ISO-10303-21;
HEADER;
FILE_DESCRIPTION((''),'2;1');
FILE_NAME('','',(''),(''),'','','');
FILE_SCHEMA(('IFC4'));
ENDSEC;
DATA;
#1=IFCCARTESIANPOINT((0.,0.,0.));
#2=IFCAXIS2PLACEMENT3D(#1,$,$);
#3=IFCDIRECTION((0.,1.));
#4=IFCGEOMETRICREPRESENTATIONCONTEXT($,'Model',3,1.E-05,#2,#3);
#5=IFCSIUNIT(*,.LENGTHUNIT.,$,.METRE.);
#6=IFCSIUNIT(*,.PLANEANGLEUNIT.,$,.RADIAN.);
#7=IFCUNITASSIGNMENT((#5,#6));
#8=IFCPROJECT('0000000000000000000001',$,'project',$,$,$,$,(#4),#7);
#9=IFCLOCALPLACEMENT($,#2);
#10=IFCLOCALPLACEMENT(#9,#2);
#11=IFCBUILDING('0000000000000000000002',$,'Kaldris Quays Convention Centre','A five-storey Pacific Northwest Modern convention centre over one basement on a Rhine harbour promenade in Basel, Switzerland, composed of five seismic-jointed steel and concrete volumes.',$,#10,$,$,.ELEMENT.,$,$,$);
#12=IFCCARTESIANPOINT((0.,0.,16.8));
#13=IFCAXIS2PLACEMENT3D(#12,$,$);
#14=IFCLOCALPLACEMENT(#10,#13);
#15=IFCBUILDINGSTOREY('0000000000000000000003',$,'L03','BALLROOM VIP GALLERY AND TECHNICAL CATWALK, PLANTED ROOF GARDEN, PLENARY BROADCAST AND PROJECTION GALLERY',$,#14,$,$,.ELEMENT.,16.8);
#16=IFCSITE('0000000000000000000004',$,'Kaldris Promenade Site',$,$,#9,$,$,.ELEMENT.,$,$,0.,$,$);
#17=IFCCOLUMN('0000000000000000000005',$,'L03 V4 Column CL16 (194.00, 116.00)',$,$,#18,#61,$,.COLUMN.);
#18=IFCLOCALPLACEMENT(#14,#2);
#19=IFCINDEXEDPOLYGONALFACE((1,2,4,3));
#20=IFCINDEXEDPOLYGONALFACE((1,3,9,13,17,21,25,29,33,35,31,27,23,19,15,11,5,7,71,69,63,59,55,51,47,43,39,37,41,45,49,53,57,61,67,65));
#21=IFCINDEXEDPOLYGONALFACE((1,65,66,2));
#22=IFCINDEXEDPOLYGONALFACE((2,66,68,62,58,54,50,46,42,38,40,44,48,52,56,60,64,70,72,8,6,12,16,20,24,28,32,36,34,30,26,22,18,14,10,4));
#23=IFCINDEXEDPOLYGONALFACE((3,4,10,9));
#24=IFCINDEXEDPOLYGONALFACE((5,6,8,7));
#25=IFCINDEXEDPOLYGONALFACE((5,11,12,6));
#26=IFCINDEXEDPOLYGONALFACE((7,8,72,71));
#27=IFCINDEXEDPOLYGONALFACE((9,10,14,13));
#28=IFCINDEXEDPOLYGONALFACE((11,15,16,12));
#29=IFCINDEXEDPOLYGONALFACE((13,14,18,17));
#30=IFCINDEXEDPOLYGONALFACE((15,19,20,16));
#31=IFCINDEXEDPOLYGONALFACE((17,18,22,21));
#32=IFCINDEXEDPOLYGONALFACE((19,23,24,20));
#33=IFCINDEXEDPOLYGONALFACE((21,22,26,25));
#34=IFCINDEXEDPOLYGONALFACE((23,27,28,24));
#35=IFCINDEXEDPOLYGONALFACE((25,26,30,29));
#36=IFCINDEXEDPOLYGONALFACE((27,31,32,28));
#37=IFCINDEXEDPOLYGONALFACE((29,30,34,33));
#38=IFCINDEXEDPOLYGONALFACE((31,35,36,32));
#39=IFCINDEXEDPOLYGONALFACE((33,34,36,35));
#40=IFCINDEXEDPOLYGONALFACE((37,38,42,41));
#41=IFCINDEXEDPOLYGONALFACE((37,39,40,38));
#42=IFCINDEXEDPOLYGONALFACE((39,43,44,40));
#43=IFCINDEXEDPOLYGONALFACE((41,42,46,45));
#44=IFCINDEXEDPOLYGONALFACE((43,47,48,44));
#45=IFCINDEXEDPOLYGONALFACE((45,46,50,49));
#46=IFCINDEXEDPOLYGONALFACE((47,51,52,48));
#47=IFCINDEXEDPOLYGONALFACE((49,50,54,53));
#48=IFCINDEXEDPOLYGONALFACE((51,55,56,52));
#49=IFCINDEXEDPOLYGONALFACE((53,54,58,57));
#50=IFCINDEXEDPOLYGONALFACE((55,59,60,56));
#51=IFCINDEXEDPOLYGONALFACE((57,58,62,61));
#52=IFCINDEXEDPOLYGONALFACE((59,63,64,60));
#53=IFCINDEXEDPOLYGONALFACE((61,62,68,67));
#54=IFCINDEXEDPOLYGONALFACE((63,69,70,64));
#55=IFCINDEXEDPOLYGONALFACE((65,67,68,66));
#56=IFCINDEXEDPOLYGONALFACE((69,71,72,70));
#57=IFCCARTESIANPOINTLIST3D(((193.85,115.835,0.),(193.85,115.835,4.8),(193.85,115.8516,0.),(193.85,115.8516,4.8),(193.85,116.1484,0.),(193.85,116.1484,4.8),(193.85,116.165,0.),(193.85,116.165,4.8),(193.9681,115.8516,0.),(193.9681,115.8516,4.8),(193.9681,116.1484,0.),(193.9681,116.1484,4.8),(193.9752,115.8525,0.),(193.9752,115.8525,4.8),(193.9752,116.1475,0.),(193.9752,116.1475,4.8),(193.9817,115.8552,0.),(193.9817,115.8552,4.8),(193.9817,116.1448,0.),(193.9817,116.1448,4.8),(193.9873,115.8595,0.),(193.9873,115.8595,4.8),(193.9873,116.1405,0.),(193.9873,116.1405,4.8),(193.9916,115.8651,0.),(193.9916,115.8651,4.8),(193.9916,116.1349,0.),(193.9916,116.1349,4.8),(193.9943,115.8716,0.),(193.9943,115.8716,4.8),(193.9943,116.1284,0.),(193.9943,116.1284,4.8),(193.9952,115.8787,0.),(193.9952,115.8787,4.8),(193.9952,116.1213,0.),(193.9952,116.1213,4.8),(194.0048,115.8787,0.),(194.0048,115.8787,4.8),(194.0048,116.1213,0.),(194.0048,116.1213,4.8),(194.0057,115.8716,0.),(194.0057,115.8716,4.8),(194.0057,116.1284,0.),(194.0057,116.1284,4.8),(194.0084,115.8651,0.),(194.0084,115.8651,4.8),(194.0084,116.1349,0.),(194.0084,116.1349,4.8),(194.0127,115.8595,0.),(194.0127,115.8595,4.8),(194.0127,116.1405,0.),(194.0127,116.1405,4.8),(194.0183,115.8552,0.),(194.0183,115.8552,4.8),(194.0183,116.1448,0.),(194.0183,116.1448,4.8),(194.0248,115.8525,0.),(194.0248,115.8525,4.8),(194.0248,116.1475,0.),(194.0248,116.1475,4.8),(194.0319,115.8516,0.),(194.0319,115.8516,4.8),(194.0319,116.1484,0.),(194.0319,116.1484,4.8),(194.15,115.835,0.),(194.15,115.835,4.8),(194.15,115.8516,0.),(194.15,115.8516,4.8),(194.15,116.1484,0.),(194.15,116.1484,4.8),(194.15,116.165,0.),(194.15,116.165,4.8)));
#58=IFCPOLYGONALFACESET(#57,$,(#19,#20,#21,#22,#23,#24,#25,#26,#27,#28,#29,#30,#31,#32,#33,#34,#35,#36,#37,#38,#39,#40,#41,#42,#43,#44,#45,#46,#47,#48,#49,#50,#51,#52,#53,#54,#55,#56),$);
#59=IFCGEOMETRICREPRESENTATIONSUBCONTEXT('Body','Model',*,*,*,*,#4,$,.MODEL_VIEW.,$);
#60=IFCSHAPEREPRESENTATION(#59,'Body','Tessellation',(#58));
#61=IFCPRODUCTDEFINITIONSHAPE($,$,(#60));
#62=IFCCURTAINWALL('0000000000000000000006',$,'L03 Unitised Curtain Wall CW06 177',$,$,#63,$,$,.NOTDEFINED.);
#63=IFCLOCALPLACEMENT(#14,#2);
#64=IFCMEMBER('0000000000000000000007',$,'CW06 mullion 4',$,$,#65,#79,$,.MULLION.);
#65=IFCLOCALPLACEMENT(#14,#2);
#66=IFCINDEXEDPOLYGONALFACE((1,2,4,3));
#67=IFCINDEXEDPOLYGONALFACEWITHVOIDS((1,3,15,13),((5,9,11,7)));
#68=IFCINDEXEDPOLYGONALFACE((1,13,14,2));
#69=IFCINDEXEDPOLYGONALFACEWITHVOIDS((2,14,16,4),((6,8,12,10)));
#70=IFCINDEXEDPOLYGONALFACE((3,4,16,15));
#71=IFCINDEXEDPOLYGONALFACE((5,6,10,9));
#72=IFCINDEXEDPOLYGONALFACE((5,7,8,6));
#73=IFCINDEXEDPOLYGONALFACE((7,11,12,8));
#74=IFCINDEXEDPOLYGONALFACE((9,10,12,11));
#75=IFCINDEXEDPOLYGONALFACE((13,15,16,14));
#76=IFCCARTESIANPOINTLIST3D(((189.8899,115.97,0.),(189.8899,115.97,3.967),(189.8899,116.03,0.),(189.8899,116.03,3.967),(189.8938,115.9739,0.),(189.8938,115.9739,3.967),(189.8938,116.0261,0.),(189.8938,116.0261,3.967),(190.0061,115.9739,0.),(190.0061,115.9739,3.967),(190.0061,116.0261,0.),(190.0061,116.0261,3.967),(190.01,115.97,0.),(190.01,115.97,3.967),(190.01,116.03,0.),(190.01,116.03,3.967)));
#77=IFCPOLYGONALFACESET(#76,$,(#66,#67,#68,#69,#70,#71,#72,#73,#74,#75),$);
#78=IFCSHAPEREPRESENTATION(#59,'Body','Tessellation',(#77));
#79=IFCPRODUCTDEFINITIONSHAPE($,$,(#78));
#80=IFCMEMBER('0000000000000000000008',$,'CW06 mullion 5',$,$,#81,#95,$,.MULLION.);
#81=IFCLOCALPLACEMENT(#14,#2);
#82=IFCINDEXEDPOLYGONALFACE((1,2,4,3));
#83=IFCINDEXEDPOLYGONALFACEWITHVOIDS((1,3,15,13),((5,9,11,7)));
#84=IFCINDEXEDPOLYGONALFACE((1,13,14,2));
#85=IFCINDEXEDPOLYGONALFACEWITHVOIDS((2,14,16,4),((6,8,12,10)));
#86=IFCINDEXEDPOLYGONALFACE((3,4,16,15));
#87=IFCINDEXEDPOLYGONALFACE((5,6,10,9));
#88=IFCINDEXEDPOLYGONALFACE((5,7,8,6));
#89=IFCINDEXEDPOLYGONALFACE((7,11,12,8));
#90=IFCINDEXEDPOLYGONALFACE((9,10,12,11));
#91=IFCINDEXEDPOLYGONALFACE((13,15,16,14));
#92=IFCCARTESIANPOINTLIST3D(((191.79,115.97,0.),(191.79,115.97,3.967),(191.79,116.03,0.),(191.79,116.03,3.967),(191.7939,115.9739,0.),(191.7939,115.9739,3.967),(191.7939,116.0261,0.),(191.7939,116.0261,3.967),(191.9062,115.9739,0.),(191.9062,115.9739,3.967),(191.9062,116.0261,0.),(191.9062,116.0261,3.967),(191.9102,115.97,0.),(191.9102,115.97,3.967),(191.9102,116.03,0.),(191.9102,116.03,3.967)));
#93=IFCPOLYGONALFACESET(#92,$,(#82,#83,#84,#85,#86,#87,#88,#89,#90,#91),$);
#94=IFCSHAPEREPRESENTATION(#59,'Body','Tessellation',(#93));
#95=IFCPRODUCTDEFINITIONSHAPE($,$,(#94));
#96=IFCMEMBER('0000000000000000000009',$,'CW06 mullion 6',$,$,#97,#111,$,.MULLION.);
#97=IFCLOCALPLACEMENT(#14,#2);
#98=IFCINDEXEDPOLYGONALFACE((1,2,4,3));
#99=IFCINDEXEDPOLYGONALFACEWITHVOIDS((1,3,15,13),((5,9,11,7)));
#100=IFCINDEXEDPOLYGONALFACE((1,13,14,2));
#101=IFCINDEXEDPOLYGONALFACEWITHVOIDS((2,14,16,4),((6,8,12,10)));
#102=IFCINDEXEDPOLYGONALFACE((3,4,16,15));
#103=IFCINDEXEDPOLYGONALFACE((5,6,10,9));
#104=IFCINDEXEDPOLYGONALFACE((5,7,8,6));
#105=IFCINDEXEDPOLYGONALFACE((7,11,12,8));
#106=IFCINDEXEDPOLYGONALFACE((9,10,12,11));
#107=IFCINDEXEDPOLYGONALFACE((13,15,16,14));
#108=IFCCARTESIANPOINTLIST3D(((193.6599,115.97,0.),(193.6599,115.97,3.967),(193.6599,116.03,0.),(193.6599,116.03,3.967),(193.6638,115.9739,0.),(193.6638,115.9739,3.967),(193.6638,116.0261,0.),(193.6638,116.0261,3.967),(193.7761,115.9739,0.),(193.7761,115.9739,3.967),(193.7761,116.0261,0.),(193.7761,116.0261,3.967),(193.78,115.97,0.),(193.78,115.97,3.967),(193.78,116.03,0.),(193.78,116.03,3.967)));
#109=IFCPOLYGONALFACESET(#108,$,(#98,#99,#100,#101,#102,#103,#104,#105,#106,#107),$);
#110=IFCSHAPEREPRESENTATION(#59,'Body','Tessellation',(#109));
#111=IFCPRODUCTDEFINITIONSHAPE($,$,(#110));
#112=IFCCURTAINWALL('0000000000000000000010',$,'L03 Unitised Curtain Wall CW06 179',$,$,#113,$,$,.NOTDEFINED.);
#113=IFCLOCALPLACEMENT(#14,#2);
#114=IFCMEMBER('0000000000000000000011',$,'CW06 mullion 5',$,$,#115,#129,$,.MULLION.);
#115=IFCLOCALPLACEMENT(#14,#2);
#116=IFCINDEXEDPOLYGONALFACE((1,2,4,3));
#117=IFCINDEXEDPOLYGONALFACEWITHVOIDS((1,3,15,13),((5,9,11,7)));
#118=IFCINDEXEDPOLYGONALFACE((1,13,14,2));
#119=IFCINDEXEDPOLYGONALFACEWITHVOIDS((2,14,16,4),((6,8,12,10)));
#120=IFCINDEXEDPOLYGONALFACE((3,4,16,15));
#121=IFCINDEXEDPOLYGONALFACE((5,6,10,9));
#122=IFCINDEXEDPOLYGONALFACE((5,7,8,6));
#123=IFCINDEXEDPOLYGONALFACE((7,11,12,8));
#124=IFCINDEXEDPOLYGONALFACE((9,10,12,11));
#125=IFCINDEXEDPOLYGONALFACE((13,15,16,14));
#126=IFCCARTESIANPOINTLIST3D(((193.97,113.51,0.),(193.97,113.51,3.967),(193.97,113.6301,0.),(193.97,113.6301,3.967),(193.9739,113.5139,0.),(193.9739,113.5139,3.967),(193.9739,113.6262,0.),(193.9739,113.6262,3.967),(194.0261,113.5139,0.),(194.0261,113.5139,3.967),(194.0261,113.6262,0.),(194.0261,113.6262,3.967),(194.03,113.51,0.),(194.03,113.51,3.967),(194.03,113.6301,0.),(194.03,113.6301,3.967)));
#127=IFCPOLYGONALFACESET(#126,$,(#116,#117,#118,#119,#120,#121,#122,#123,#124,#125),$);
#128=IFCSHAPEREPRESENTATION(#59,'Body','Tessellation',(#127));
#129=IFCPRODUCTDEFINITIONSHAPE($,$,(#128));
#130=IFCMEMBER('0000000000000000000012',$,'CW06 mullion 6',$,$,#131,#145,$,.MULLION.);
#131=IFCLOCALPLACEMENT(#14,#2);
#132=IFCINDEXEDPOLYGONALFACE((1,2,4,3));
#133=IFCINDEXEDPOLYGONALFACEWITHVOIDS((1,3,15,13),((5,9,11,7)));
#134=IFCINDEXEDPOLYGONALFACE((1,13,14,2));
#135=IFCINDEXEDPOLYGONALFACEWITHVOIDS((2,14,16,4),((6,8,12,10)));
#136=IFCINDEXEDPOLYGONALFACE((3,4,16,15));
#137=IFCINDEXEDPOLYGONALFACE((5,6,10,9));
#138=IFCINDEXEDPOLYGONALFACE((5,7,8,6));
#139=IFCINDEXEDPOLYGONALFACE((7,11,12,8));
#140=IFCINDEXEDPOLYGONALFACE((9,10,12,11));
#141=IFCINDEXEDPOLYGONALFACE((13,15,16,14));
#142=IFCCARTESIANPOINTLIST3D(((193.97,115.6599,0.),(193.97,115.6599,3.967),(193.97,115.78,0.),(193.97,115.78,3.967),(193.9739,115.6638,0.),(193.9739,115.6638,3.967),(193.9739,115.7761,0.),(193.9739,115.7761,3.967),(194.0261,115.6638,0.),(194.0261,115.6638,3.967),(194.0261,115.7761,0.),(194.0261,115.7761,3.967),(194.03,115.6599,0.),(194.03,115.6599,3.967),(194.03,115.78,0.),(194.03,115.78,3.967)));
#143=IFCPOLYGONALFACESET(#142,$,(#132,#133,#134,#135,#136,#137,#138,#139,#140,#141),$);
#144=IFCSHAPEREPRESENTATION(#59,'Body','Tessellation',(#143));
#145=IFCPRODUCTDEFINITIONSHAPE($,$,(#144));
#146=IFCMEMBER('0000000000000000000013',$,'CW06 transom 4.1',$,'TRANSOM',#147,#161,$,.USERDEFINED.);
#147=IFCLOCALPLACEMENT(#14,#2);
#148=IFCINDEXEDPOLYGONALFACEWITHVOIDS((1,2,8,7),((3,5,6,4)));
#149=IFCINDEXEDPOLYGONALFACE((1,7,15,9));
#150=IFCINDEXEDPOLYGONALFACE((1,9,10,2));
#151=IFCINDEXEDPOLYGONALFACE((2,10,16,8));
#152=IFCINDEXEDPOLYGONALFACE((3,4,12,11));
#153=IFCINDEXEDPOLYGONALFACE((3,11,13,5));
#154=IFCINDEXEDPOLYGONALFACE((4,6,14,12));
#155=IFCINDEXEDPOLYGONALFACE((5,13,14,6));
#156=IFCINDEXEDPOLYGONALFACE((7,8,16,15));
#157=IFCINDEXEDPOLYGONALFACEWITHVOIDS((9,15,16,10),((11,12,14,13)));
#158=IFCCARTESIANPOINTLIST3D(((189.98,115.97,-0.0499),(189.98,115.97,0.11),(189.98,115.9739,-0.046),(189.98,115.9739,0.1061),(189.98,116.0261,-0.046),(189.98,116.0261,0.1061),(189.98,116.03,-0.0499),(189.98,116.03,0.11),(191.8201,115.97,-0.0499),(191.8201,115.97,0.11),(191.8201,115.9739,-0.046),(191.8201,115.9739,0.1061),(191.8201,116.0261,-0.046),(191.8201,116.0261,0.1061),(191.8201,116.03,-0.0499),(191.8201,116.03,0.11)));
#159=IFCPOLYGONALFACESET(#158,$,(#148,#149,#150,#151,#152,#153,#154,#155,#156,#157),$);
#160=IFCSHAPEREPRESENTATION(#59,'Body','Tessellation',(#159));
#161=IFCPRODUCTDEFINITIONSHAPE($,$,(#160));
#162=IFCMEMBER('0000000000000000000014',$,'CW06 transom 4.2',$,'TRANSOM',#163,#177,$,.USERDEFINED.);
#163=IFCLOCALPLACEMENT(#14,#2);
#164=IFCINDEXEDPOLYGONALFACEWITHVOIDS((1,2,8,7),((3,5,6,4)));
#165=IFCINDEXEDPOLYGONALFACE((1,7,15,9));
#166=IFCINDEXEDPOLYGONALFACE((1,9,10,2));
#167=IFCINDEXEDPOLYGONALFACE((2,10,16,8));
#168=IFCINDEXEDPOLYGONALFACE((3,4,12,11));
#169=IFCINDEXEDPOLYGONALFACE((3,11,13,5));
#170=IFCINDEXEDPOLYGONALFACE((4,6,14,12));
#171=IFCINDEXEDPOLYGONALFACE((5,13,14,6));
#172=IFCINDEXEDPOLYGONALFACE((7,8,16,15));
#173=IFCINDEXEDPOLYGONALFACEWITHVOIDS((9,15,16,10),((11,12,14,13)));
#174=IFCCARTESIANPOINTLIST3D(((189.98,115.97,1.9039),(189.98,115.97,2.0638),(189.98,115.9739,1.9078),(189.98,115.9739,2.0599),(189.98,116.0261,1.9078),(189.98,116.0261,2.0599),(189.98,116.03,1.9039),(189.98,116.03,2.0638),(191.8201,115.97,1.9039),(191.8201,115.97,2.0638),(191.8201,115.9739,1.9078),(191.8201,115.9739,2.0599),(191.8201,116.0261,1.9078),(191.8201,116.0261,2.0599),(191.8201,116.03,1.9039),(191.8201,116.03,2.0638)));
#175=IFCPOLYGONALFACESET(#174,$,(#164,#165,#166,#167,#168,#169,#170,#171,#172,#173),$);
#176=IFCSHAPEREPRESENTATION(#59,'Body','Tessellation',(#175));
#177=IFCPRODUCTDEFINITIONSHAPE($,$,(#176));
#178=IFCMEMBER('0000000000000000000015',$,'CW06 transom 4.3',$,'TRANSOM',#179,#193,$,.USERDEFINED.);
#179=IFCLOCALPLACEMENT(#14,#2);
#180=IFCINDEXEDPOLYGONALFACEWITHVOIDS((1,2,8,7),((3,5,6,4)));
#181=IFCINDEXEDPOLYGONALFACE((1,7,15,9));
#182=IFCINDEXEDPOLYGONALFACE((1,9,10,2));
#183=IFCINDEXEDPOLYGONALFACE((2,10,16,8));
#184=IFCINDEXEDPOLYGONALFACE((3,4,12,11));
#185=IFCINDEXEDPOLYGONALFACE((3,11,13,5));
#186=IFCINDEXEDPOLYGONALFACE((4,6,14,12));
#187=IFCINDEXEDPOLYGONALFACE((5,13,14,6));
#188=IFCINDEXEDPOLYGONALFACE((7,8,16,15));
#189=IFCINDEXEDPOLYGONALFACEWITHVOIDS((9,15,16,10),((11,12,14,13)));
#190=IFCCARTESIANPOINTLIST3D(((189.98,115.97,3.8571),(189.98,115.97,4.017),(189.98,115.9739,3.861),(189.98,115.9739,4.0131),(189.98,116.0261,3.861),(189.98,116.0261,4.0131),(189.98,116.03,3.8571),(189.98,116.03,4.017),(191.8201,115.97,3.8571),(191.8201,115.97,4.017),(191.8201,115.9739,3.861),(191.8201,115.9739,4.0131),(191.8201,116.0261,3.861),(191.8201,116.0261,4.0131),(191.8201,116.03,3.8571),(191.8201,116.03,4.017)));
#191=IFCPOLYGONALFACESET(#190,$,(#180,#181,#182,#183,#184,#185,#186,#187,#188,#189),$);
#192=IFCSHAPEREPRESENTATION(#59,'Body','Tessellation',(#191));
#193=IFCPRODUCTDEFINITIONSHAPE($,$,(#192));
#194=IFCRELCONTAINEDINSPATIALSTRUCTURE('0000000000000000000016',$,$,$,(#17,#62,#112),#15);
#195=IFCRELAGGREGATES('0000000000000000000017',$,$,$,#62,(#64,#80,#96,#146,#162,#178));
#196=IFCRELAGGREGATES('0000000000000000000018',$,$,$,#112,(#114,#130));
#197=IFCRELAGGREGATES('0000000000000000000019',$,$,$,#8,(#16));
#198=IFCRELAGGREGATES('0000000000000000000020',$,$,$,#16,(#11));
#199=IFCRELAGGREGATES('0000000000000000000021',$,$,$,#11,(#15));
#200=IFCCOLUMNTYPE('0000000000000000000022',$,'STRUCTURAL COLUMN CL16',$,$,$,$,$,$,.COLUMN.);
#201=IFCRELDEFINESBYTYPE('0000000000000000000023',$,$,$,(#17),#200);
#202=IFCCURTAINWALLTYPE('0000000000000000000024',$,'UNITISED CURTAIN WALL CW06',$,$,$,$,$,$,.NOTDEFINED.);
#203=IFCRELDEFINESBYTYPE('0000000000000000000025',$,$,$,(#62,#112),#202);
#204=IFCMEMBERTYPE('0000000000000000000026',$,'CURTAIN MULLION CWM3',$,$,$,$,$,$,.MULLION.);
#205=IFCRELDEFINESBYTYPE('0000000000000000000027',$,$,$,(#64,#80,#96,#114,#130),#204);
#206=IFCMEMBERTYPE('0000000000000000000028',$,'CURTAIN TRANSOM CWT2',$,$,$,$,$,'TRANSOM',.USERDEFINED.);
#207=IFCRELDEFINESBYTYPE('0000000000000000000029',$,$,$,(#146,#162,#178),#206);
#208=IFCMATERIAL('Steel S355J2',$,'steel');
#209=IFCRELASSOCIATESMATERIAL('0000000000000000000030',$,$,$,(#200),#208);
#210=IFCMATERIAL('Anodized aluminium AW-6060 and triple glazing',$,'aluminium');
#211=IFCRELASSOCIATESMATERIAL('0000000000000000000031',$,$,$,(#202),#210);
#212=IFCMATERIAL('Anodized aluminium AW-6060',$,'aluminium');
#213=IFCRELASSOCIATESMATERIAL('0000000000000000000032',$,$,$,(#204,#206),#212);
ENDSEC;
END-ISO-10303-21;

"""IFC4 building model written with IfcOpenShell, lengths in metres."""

from ifc_helpers import new_model, si_unit, direction, frame, origin, origin_2d, place, context, subcontext, project, spatial, hollow_rectangle, i_section, extrude, material, material_profile, profile_set, type_object, element, aggregate, save


model = new_model("IFC4")

# Units and contexts
model_context = context("Model", 3, precision=1e-05, world=origin(), true_north=direction((0.0, 1.0)))
body_context = subcontext(model_context, "Body", "Model", "MODEL_VIEW")
ifc_project = project(units=[si_unit("LENGTHUNIT", "METRE"), si_unit("PLANEANGLEUNIT", "RADIAN")], contexts=[model_context])

# Site, building, storey
site_placement = place(None, origin())
site = spatial("IfcSite", under=ifc_project, at=site_placement, Name="Kaldris Promenade Site", CompositionType="ELEMENT", RefElevation=0.0)
building_placement = place(site_placement, origin())
building = spatial("IfcBuilding", under=site, at=building_placement, Name="Kaldris Quays Convention Centre", Description="A five-storey Pacific Northwest Modern convention centre over one basement on a Rhine harbour promenade in Basel, Switzerland, composed of five seismic-jointed steel and concrete volumes.", CompositionType="ELEMENT")
storey_placement = place(building_placement, frame((0.0, 0.0, 16.8)))
storey = spatial("IfcBuildingStorey", under=building, at=storey_placement, Name="L03", Description="BALLROOM VIP GALLERY AND TECHNICAL CATWALK, PLANTED ROOF GARDEN, PLENARY BROADCAST AND PROJECTION GALLERY", CompositionType="ELEMENT", Elevation=16.8)

# Column
ifc_material_1 = material(Name="Steel S355J2", Category="steel")
ifc_material_profile_1 = material_profile(ifc_material_1, i_section(OverallWidth=0.3, OverallDepth=0.3301, WebThickness=0.0095, FlangeThickness=0.0166, FilletRadius=0.0271, at=origin_2d()), Name="HEA 340")
ifc_profile_set_1 = profile_set([ifc_material_profile_1], Name="Steel S355J2")
column_type = type_object("IfcColumnType", Name="STRUCTURAL COLUMN CL16", PredefinedType="COLUMN", material=ifc_profile_set_1)
column_placement = place(storey_placement, frame((194.0, 116.0, 0.0), z_axis=(0.0, 0.0, 1.0), x_axis=(1.0, 0.0, 0.0)))
element("IfcColumn", 1, at=column_placement, inside=storey, type_object=column_type, Name="L03 V4 Column CL16 (194.00, 116.00)", PredefinedType="COLUMN", context=body_context, shape_type="SweptSolid", body=[
    extrude(i_section(OverallWidth=0.3, OverallDepth=0.3301, WebThickness=0.0095, FlangeThickness=0.0166, FilletRadius=0.0271, at=origin_2d()), origin(), (0.0, 0.0, 1.0), 4.8),
])

# Curtain walls, members
ifc_material_2 = material(Name="Anodized aluminium AW-6060 and triple glazing", Category="aluminium")
curtain_wall_type = type_object("IfcCurtainWallType", Name="UNITISED CURTAIN WALL CW06", PredefinedType="NOTDEFINED", material=ifc_material_2)
curtain_wall_1_placement = place(storey_placement, origin())
curtain_wall_1 = element("IfcCurtainWall", 2, at=curtain_wall_1_placement, inside=storey, type_object=curtain_wall_type, Name="L03 Unitised Curtain Wall CW06 177", PredefinedType="NOTDEFINED")
ifc_material_3 = material(Name="Anodized aluminium AW-6060", Category="aluminium")
ifc_material_profile_2 = material_profile(ifc_material_3, hollow_rectangle(XDim=0.0601, YDim=0.1201, WallThickness=0.0039, at=origin_2d()), Name="RHS 120x60x4")
ifc_profile_set_2 = profile_set([ifc_material_profile_2], Name="Anodized aluminium AW-6060")
member_type_1 = type_object("IfcMemberType", Name="CURTAIN MULLION CWM3", PredefinedType="MULLION", material=ifc_profile_set_2)
member_1_placement = place(storey_placement, frame((189.95, 116.0, 0.0), z_axis=(0.0, 0.0, 1.0), x_axis=(0.0, 1.0, 0.0)))
member_1 = element("IfcMember", 3, at=member_1_placement, type_object=member_type_1, Name="CW06 mullion 4", PredefinedType="MULLION", context=body_context, shape_type="SweptSolid", body=[
    extrude(hollow_rectangle(XDim=0.0601, YDim=0.1201, WallThickness=0.0039, at=origin_2d()), origin(), (0.0, 0.0, 1.0), 3.967),
])
member_2_placement = place(storey_placement, frame((191.8501, 116.0, 0.0), z_axis=(0.0, 0.0, 1.0), x_axis=(0.0, 1.0, 0.0)))
member_2 = element("IfcMember", 4, at=member_2_placement, type_object=member_type_1, Name="CW06 mullion 5", PredefinedType="MULLION", context=body_context, shape_type="SweptSolid", body=[
    extrude(hollow_rectangle(XDim=0.0601, YDim=0.1201, WallThickness=0.0039, at=origin_2d()), origin(), (0.0, 0.0, 1.0), 3.967),
])
member_3_placement = place(storey_placement, frame((193.72, 116.0, 0.0), z_axis=(0.0, 0.0, 1.0), x_axis=(0.0, 1.0, 0.0)))
member_3 = element("IfcMember", 5, at=member_3_placement, type_object=member_type_1, Name="CW06 mullion 6", PredefinedType="MULLION", context=body_context, shape_type="SweptSolid", body=[
    extrude(hollow_rectangle(XDim=0.0601, YDim=0.1201, WallThickness=0.0039, at=origin_2d()), origin(), (0.0, 0.0, 1.0), 3.967),
])
curtain_wall_2_placement = place(storey_placement, origin())
curtain_wall_2 = element("IfcCurtainWall", 6, at=curtain_wall_2_placement, inside=storey, type_object=curtain_wall_type, Name="L03 Unitised Curtain Wall CW06 179", PredefinedType="NOTDEFINED")
member_4_placement = place(storey_placement, frame((194.0, 113.5701, 0.0), z_axis=(0.0, 0.0, 1.0), x_axis=(-1.0, 0.0, 0.0)))
member_4 = element("IfcMember", 7, at=member_4_placement, type_object=member_type_1, Name="CW06 mullion 5", PredefinedType="MULLION", context=body_context, shape_type="SweptSolid", body=[
    extrude(hollow_rectangle(XDim=0.0601, YDim=0.1201, WallThickness=0.0039, at=origin_2d()), origin(), (0.0, 0.0, 1.0), 3.967),
])
member_5_placement = place(storey_placement, frame((194.0, 115.72, 0.0), z_axis=(0.0, 0.0, 1.0), x_axis=(-1.0, 0.0, 0.0)))
member_5 = element("IfcMember", 8, at=member_5_placement, type_object=member_type_1, Name="CW06 mullion 6", PredefinedType="MULLION", context=body_context, shape_type="SweptSolid", body=[
    extrude(hollow_rectangle(XDim=0.0601, YDim=0.1201, WallThickness=0.0039, at=origin_2d()), origin(), (0.0, 0.0, 1.0), 3.967),
])

# Members
ifc_material_profile_3 = material_profile(ifc_material_3, hollow_rectangle(XDim=0.0601, YDim=0.1599, WallThickness=0.0039, at=origin_2d()), Name="RHS 160x60x4")
ifc_profile_set_3 = profile_set([ifc_material_profile_3], Name="Anodized aluminium AW-6060")
member_type_2 = type_object("IfcMemberType", Name="CURTAIN TRANSOM CWT2", ElementType="TRANSOM", PredefinedType="USERDEFINED", material=ifc_profile_set_3)
member_6_placement = place(storey_placement, frame((189.98, 116.0, 0.03), z_axis=(1.0, 0.0, 0.0), x_axis=(0.0, 1.0, 0.0)))
member_6 = element("IfcMember", 9, at=member_6_placement, type_object=member_type_2, Name="CW06 transom 4.1", ObjectType="TRANSOM", PredefinedType="USERDEFINED", context=body_context, shape_type="SweptSolid", body=[
    extrude(hollow_rectangle(XDim=0.0601, YDim=0.1599, WallThickness=0.0039, at=origin_2d()), origin(), (0.0, 0.0, 1.0), 1.8401),
])
member_7_placement = place(storey_placement, frame((189.98, 116.0, 1.9839), z_axis=(1.0, 0.0, 0.0), x_axis=(0.0, 1.0, 0.0)))
member_7 = element("IfcMember", 10, at=member_7_placement, type_object=member_type_2, Name="CW06 transom 4.2", ObjectType="TRANSOM", PredefinedType="USERDEFINED", context=body_context, shape_type="SweptSolid", body=[
    extrude(hollow_rectangle(XDim=0.0601, YDim=0.1599, WallThickness=0.0039, at=origin_2d()), origin(), (0.0, 0.0, 1.0), 1.8401),
])
member_8_placement = place(storey_placement, frame((189.98, 116.0, 3.937), z_axis=(1.0, 0.0, 0.0), x_axis=(0.0, 1.0, 0.0)))
member_8 = element("IfcMember", 11, at=member_8_placement, type_object=member_type_2, Name="CW06 transom 4.3", ObjectType="TRANSOM", PredefinedType="USERDEFINED", context=body_context, shape_type="SweptSolid", body=[
    extrude(hollow_rectangle(XDim=0.0601, YDim=0.1599, WallThickness=0.0039, at=origin_2d()), origin(), (0.0, 0.0, 1.0), 1.8401),
])

aggregate(curtain_wall_1, [member_1, member_2, member_3, member_6, member_7, member_8])
aggregate(curtain_wall_2, [member_4, member_5])

save(model, "model.ifc")
